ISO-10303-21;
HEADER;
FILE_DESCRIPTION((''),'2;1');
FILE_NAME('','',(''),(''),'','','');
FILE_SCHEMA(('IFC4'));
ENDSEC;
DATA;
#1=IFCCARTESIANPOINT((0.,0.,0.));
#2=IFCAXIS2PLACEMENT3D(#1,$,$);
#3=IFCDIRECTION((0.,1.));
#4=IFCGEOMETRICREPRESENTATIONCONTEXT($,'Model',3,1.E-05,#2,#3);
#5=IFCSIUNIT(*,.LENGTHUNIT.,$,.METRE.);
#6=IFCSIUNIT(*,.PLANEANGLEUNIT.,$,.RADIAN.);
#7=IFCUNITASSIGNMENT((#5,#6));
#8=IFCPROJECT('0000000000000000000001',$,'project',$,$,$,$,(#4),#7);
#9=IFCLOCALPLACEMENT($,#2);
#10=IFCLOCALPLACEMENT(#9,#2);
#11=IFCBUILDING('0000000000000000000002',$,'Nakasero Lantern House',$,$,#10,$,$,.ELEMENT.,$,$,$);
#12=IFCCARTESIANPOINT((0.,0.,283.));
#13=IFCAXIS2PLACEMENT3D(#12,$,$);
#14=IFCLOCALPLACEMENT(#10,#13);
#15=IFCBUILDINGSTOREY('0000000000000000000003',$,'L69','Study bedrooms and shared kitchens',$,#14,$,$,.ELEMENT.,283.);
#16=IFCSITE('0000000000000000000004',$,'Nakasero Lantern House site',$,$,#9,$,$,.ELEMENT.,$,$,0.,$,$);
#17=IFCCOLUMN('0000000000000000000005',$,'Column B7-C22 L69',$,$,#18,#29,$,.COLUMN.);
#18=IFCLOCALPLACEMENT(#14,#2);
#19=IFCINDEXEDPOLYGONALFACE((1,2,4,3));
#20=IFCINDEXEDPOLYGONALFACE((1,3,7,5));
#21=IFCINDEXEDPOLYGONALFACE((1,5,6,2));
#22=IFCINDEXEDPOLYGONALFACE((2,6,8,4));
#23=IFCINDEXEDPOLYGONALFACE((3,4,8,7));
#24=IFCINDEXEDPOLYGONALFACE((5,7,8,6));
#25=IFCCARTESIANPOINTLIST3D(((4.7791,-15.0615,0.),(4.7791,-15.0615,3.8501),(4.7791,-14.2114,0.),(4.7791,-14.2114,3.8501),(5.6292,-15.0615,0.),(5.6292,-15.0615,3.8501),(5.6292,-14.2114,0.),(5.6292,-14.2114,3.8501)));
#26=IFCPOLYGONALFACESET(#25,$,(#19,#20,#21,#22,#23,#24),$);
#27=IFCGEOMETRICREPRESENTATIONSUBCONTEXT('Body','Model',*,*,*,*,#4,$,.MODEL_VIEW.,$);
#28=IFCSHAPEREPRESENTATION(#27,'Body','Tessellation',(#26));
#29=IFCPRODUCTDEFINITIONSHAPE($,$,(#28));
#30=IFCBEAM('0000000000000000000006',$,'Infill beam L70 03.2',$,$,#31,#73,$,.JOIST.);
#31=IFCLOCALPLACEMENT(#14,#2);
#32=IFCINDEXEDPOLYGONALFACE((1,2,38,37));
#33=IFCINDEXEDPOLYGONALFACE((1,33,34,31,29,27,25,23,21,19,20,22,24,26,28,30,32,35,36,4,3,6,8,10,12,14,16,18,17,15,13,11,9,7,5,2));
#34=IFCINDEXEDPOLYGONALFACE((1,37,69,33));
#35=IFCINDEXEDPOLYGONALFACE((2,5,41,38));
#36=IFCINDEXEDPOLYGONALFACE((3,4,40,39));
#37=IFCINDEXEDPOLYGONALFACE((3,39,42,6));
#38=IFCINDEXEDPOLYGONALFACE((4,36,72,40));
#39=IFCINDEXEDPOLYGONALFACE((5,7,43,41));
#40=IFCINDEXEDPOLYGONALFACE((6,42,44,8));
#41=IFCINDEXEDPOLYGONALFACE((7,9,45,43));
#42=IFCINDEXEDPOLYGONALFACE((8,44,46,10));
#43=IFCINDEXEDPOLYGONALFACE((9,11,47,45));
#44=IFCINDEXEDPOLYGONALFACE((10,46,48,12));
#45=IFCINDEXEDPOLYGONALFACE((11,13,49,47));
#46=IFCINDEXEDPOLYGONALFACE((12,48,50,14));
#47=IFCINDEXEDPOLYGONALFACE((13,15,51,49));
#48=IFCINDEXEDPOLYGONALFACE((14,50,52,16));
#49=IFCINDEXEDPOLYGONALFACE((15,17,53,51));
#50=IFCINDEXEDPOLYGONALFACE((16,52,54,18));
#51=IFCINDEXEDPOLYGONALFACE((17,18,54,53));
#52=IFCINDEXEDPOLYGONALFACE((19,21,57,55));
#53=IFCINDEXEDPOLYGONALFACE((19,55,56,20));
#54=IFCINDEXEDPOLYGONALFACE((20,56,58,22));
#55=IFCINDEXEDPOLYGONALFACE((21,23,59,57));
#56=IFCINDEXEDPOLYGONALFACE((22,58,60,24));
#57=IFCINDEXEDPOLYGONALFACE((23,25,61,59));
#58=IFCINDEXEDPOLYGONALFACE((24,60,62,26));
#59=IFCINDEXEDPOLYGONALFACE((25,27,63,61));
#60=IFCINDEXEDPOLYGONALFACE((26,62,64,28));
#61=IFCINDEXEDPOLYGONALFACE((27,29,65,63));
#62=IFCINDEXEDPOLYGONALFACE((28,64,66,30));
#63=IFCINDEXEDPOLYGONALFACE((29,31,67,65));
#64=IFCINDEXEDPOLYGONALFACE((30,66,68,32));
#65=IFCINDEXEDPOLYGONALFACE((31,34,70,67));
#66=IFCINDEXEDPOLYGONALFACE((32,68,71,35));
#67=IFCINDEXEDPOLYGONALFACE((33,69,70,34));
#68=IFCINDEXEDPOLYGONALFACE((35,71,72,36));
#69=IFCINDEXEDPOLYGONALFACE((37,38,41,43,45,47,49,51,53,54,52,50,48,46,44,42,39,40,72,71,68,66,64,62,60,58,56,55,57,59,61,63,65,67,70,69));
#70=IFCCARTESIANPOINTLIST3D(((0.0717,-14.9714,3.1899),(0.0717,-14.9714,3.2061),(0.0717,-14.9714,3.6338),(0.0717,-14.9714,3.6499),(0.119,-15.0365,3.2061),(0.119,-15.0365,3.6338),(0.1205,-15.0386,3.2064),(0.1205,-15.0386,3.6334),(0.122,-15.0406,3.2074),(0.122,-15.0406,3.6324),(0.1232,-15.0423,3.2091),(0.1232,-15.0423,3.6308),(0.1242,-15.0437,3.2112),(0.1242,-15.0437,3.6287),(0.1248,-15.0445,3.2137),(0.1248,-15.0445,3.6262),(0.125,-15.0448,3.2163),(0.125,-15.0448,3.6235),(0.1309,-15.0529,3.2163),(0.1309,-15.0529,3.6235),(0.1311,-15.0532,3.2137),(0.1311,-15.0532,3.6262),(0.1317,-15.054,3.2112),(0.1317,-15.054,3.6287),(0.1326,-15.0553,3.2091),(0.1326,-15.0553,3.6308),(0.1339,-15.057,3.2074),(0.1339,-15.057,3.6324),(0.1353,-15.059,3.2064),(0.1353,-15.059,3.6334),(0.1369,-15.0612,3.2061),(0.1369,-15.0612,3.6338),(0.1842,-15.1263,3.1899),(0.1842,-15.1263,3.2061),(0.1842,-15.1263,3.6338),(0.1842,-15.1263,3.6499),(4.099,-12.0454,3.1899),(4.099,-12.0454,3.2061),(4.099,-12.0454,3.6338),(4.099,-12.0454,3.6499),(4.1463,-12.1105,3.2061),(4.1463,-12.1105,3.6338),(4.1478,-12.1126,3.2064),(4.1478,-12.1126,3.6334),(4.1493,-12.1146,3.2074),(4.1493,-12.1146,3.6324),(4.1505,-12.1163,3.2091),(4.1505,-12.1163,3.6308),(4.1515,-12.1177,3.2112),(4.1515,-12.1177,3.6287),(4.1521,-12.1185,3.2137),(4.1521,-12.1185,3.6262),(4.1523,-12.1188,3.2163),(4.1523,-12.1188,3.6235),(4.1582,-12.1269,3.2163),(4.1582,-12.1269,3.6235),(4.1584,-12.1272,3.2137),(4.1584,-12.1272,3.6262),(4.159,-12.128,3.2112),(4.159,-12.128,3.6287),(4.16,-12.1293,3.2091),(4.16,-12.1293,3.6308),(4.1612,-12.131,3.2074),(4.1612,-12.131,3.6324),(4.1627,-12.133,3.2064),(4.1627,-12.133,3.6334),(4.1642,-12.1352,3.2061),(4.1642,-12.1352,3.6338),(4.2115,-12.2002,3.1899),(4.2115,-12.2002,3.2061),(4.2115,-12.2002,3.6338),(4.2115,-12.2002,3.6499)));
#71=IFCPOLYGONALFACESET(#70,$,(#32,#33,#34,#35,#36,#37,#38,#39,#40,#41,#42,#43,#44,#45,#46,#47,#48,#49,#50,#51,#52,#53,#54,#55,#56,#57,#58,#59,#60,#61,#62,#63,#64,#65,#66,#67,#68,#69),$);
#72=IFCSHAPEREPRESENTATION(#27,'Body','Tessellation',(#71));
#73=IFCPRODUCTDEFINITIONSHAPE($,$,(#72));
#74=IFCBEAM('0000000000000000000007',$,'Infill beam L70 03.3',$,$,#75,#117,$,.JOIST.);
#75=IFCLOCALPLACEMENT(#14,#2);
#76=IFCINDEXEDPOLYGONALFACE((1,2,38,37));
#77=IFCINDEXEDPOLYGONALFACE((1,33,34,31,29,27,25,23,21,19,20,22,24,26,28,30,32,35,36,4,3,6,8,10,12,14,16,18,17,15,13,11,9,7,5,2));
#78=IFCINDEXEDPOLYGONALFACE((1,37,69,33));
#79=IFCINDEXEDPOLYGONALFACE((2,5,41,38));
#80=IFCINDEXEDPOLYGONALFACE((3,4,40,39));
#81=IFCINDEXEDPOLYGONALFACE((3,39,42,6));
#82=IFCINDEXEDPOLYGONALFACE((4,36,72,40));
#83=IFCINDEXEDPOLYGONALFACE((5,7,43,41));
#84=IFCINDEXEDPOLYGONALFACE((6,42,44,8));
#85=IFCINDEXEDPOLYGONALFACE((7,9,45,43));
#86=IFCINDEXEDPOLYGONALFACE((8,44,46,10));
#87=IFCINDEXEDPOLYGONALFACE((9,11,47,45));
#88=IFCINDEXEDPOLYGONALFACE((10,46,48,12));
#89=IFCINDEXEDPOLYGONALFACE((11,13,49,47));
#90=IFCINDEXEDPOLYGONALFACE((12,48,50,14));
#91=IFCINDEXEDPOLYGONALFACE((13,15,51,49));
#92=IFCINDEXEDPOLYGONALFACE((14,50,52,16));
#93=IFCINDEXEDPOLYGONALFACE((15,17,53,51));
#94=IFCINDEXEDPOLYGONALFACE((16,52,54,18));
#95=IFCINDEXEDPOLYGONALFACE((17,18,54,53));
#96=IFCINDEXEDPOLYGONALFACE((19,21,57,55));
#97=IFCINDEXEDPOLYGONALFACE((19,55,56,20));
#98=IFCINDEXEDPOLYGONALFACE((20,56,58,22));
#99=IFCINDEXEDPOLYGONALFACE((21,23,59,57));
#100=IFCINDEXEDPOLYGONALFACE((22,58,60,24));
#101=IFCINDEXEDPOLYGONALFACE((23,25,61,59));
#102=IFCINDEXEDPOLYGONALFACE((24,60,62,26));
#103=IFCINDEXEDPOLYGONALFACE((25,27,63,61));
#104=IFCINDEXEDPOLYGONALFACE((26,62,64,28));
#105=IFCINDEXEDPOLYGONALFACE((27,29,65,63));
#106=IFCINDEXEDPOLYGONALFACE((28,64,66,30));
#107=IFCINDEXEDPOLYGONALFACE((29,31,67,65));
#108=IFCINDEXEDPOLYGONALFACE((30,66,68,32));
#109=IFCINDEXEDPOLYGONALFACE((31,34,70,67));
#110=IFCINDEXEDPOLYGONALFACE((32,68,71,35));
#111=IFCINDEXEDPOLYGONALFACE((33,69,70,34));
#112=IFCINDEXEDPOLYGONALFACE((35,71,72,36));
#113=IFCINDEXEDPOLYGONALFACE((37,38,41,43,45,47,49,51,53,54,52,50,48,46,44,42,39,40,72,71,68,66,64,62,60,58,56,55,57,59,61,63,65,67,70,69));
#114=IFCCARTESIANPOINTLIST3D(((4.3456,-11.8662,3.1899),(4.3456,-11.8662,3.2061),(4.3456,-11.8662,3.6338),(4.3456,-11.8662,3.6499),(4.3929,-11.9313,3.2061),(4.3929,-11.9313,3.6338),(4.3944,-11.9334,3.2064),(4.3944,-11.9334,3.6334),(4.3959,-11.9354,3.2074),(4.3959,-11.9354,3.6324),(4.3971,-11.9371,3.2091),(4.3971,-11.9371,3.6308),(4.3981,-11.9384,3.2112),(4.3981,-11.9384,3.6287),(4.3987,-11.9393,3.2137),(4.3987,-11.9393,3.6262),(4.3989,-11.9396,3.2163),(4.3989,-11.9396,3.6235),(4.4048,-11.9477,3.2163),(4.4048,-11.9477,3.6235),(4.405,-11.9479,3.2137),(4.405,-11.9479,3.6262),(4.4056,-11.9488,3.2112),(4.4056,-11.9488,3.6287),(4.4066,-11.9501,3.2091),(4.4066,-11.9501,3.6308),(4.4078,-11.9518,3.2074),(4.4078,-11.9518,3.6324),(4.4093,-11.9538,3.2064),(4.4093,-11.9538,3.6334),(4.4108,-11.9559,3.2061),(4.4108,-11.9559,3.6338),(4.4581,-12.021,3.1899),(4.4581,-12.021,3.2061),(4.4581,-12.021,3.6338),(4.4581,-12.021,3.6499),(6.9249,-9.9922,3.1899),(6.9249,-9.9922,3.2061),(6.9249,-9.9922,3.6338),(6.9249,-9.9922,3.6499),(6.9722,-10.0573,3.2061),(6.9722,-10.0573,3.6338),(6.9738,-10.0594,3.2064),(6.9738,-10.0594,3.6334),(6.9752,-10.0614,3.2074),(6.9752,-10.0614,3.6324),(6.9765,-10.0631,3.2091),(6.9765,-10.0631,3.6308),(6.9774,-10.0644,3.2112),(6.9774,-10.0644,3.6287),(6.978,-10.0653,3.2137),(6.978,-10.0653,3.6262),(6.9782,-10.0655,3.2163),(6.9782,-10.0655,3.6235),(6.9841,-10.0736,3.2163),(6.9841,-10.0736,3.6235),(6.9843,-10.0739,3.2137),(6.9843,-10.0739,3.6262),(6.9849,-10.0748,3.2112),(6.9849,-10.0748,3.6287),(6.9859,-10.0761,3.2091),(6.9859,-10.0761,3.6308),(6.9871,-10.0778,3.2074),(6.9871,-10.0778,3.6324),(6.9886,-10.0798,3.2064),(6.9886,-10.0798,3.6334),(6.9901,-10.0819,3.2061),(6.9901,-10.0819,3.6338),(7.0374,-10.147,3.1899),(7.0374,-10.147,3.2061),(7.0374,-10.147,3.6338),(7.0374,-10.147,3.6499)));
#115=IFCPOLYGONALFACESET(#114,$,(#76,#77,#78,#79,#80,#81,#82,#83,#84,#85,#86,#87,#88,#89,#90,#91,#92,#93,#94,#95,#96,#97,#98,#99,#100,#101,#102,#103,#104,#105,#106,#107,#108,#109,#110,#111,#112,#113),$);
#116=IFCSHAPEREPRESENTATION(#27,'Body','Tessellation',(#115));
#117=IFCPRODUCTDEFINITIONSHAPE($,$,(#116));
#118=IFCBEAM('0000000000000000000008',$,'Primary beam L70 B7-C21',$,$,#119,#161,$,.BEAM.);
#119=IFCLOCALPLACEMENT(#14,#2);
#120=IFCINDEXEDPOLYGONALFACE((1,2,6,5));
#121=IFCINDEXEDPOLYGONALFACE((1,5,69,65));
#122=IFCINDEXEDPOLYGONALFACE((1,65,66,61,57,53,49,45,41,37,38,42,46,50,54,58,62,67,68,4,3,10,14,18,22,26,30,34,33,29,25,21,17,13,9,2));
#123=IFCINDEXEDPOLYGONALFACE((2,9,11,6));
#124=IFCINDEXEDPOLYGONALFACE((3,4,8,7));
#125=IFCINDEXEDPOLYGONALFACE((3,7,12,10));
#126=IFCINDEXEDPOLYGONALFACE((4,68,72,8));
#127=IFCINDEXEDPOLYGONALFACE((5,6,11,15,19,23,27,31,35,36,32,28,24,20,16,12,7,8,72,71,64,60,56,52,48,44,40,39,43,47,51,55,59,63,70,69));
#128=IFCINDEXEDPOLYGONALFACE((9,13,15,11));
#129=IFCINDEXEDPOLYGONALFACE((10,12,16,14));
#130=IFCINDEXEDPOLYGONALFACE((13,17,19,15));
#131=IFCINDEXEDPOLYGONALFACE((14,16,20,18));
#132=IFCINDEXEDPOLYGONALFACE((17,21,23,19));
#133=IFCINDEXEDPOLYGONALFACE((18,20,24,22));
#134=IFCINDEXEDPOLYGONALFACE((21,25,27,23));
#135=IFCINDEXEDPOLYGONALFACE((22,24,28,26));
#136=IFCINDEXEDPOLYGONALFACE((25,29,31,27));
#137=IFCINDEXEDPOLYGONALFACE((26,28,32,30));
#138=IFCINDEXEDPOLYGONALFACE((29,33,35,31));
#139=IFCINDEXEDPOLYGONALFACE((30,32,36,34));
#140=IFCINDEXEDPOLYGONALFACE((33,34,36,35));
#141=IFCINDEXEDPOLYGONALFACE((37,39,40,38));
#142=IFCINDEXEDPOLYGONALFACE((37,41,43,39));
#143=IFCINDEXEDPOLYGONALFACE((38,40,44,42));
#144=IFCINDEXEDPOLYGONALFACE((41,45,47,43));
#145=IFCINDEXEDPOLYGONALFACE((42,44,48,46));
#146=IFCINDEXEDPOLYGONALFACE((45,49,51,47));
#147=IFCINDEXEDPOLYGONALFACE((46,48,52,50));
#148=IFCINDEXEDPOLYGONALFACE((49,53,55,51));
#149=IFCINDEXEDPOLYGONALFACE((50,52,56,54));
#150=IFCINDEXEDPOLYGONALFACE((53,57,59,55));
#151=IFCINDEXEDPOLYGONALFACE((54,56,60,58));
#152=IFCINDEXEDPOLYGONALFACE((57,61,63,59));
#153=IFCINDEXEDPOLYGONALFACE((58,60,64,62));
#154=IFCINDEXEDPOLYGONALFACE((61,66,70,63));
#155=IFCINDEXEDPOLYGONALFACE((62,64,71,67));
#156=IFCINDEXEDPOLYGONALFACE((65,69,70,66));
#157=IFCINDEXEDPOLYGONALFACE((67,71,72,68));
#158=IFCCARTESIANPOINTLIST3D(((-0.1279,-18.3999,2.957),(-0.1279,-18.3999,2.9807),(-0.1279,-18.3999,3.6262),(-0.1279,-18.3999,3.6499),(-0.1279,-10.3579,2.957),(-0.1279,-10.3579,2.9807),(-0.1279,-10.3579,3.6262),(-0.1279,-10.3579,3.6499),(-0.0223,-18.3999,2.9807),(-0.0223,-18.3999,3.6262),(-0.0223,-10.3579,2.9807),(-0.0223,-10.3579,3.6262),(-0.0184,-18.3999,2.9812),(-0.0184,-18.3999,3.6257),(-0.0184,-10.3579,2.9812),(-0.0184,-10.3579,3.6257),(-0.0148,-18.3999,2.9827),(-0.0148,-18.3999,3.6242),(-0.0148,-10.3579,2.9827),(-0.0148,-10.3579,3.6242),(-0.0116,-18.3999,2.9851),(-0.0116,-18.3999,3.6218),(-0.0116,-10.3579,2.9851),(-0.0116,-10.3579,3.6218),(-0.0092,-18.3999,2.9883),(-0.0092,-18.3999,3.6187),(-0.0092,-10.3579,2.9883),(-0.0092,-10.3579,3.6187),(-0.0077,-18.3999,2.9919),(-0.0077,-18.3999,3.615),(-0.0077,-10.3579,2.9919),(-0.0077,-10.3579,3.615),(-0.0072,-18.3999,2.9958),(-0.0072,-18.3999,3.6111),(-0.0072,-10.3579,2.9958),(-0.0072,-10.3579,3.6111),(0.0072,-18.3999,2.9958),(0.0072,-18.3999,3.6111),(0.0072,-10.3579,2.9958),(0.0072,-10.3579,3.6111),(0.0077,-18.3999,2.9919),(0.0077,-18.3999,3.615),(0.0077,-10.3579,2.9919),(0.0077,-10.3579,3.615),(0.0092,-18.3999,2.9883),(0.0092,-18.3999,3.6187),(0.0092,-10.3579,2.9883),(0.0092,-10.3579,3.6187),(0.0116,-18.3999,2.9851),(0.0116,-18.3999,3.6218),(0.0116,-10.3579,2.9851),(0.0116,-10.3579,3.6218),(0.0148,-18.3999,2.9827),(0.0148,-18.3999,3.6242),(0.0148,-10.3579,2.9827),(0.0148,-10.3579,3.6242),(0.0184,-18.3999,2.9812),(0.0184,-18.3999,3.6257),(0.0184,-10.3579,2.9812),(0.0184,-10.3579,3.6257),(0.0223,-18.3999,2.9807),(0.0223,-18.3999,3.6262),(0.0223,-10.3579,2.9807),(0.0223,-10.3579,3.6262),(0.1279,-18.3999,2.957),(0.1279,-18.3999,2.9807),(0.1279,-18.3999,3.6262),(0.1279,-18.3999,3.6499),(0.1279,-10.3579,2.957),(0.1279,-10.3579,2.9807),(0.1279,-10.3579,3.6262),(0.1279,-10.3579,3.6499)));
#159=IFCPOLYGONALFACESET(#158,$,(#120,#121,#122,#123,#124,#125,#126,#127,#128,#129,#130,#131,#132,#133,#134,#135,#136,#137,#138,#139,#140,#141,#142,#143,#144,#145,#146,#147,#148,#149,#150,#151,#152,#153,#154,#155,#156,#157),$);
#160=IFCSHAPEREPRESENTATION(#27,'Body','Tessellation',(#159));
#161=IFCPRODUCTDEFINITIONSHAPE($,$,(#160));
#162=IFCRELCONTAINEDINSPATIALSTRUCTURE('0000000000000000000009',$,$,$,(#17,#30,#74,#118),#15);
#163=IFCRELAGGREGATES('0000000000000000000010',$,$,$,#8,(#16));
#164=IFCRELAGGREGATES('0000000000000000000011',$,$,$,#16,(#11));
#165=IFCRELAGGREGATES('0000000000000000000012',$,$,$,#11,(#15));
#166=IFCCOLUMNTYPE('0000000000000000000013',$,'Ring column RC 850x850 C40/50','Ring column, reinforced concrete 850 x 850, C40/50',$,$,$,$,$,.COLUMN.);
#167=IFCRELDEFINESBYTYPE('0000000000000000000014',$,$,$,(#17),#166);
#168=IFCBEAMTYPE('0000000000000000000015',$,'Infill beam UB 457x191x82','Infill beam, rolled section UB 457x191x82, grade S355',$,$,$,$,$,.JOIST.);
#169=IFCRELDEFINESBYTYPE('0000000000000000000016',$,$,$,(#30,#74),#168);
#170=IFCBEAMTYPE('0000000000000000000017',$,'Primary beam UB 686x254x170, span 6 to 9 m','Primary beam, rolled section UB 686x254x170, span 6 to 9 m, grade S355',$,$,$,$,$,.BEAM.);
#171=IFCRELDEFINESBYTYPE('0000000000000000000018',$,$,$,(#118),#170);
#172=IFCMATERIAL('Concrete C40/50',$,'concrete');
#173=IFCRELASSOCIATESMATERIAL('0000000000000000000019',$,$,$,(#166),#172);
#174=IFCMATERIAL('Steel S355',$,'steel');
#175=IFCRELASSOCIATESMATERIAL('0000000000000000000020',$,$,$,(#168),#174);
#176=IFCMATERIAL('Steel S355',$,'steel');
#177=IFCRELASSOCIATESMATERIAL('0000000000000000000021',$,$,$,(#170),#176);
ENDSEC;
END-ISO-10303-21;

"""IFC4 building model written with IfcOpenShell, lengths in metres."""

from ifc_helpers import new_model, si_unit, direction, frame, origin, origin_2d, place, context, subcontext, project, spatial, rectangle, i_section, extrude, material, material_profile, profile_set, type_object, element, save


model = new_model("IFC4")

# Units and contexts
model_context = context("Model", 3, precision=1e-05, world=origin(), true_north=direction((0.0, 1.0)))
body_context = subcontext(model_context, "Body", "Model", "MODEL_VIEW")
ifc_project = project(units=[si_unit("LENGTHUNIT", "METRE"), si_unit("PLANEANGLEUNIT", "RADIAN")], contexts=[model_context])

# Site, building, storey
site_placement = place(None, origin())
site = spatial("IfcSite", under=ifc_project, at=site_placement, Name="Nakasero Lantern House site", CompositionType="ELEMENT", RefElevation=0.0)
building_placement = place(site_placement, origin())
building = spatial("IfcBuilding", under=site, at=building_placement, Name="Nakasero Lantern House", CompositionType="ELEMENT")
storey_placement = place(building_placement, frame((0.0, 0.0, 283.0)))
storey = spatial("IfcBuildingStorey", under=building, at=storey_placement, Name="L69", Description="Study bedrooms and shared kitchens", CompositionType="ELEMENT", Elevation=283.0)

# Column
ifc_material_1 = material(Name="Concrete C40/50", Category="concrete")
ifc_material_profile_1 = material_profile(ifc_material_1, rectangle(XDim=0.8501, YDim=0.8501, at=origin_2d()), Name="RC 850x850")
ifc_profile_set_1 = profile_set([ifc_material_profile_1], Name="Concrete C40/50")
column_type = type_object("IfcColumnType", Name="Ring column RC 850x850 C40/50", Description="Ring column, reinforced concrete 850 x 850, C40/50", PredefinedType="COLUMN", material=ifc_profile_set_1)
column_placement = place(storey_placement, frame((5.2041, -14.6365, 0.0), z_axis=(0.0, 0.0, 1.0), x_axis=(1.0, 0.0, 0.0)))
element("IfcColumn", 1, at=column_placement, inside=storey, type_object=column_type, Name="Column B7-C22 L69", PredefinedType="COLUMN", context=body_context, shape_type="SweptSolid", body=[
    extrude(rectangle(XDim=0.8501, YDim=0.8501, at=origin_2d()), origin(), (0.0, 0.0, 1.0), 3.8501),
])

# Beams
ifc_material_2 = material(Name="Steel S355", Category="steel")
ifc_material_profile_2 = material_profile(ifc_material_2, i_section(OverallWidth=0.1914, OverallDepth=0.46, WebThickness=0.01, FlangeThickness=0.0161, FilletRadius=0.0103, at=origin_2d()), Name="UB 457x191x82")
ifc_profile_set_2 = profile_set([ifc_material_profile_2], Name="Steel S355")
beam_type_1 = type_object("IfcBeamType", Name="Infill beam UB 457x191x82", Description="Infill beam, rolled section UB 457x191x82, grade S355", PredefinedType="JOIST", material=ifc_profile_set_2)
beam_1_placement = place(storey_placement, frame((0.1279, -15.0488, 3.4199), z_axis=(0.809018, 0.587784, 0.0), x_axis=(-0.587784, 0.809018, 0.0)))
element("IfcBeam", 2, at=beam_1_placement, inside=storey, type_object=beam_type_1, Name="Infill beam L70 03.2", PredefinedType="JOIST", context=body_context, shape_type="SweptSolid", body=[
    extrude(i_section(OverallWidth=0.1914, OverallDepth=0.46, WebThickness=0.01, FlangeThickness=0.0161, FilletRadius=0.0103, at=origin_2d()), origin(), (0.0, 0.0, 1.0), 4.978),
])
beam_2_placement = place(storey_placement, frame((4.4019, -11.9436, 3.4199), z_axis=(0.809014, 0.587789, 0.0), x_axis=(-0.587789, 0.809014, 0.0)))
element("IfcBeam", 3, at=beam_2_placement, inside=storey, type_object=beam_type_1, Name="Infill beam L70 03.3", PredefinedType="JOIST", context=body_context, shape_type="SweptSolid", body=[
    extrude(i_section(OverallWidth=0.1914, OverallDepth=0.46, WebThickness=0.01, FlangeThickness=0.0161, FilletRadius=0.0103, at=origin_2d()), origin(), (0.0, 0.0, 1.0), 3.1882),
])
ifc_material_3 = material(Name="Steel S355", Category="steel")
ifc_material_profile_3 = material_profile(ifc_material_3, i_section(OverallWidth=0.2559, OverallDepth=0.6929, WebThickness=0.0144, FlangeThickness=0.0237, FilletRadius=0.0151, at=origin_2d()), Name="UB 686x254x170")
ifc_profile_set_3 = profile_set([ifc_material_profile_3], Name="Steel S355")
beam_type_2 = type_object("IfcBeamType", Name="Primary beam UB 686x254x170, span 6 to 9 m", Description="Primary beam, rolled section UB 686x254x170, span 6 to 9 m, grade S355", PredefinedType="BEAM", material=ifc_profile_set_3)
beam_3_placement = place(storey_placement, frame((0.0, -18.3999, 3.3035), z_axis=(0.0, 1.0, 0.0), x_axis=(-1.0, 0.0, 0.0)))
element("IfcBeam", 4, at=beam_3_placement, inside=storey, type_object=beam_type_2, Name="Primary beam L70 B7-C21", PredefinedType="BEAM", context=body_context, shape_type="SweptSolid", body=[
    extrude(i_section(OverallWidth=0.2559, OverallDepth=0.6929, WebThickness=0.0144, FlangeThickness=0.0237, FilletRadius=0.0151, at=origin_2d()), origin(), (0.0, 0.0, 1.0), 8.042),
])

save(model, "model.ifc")
